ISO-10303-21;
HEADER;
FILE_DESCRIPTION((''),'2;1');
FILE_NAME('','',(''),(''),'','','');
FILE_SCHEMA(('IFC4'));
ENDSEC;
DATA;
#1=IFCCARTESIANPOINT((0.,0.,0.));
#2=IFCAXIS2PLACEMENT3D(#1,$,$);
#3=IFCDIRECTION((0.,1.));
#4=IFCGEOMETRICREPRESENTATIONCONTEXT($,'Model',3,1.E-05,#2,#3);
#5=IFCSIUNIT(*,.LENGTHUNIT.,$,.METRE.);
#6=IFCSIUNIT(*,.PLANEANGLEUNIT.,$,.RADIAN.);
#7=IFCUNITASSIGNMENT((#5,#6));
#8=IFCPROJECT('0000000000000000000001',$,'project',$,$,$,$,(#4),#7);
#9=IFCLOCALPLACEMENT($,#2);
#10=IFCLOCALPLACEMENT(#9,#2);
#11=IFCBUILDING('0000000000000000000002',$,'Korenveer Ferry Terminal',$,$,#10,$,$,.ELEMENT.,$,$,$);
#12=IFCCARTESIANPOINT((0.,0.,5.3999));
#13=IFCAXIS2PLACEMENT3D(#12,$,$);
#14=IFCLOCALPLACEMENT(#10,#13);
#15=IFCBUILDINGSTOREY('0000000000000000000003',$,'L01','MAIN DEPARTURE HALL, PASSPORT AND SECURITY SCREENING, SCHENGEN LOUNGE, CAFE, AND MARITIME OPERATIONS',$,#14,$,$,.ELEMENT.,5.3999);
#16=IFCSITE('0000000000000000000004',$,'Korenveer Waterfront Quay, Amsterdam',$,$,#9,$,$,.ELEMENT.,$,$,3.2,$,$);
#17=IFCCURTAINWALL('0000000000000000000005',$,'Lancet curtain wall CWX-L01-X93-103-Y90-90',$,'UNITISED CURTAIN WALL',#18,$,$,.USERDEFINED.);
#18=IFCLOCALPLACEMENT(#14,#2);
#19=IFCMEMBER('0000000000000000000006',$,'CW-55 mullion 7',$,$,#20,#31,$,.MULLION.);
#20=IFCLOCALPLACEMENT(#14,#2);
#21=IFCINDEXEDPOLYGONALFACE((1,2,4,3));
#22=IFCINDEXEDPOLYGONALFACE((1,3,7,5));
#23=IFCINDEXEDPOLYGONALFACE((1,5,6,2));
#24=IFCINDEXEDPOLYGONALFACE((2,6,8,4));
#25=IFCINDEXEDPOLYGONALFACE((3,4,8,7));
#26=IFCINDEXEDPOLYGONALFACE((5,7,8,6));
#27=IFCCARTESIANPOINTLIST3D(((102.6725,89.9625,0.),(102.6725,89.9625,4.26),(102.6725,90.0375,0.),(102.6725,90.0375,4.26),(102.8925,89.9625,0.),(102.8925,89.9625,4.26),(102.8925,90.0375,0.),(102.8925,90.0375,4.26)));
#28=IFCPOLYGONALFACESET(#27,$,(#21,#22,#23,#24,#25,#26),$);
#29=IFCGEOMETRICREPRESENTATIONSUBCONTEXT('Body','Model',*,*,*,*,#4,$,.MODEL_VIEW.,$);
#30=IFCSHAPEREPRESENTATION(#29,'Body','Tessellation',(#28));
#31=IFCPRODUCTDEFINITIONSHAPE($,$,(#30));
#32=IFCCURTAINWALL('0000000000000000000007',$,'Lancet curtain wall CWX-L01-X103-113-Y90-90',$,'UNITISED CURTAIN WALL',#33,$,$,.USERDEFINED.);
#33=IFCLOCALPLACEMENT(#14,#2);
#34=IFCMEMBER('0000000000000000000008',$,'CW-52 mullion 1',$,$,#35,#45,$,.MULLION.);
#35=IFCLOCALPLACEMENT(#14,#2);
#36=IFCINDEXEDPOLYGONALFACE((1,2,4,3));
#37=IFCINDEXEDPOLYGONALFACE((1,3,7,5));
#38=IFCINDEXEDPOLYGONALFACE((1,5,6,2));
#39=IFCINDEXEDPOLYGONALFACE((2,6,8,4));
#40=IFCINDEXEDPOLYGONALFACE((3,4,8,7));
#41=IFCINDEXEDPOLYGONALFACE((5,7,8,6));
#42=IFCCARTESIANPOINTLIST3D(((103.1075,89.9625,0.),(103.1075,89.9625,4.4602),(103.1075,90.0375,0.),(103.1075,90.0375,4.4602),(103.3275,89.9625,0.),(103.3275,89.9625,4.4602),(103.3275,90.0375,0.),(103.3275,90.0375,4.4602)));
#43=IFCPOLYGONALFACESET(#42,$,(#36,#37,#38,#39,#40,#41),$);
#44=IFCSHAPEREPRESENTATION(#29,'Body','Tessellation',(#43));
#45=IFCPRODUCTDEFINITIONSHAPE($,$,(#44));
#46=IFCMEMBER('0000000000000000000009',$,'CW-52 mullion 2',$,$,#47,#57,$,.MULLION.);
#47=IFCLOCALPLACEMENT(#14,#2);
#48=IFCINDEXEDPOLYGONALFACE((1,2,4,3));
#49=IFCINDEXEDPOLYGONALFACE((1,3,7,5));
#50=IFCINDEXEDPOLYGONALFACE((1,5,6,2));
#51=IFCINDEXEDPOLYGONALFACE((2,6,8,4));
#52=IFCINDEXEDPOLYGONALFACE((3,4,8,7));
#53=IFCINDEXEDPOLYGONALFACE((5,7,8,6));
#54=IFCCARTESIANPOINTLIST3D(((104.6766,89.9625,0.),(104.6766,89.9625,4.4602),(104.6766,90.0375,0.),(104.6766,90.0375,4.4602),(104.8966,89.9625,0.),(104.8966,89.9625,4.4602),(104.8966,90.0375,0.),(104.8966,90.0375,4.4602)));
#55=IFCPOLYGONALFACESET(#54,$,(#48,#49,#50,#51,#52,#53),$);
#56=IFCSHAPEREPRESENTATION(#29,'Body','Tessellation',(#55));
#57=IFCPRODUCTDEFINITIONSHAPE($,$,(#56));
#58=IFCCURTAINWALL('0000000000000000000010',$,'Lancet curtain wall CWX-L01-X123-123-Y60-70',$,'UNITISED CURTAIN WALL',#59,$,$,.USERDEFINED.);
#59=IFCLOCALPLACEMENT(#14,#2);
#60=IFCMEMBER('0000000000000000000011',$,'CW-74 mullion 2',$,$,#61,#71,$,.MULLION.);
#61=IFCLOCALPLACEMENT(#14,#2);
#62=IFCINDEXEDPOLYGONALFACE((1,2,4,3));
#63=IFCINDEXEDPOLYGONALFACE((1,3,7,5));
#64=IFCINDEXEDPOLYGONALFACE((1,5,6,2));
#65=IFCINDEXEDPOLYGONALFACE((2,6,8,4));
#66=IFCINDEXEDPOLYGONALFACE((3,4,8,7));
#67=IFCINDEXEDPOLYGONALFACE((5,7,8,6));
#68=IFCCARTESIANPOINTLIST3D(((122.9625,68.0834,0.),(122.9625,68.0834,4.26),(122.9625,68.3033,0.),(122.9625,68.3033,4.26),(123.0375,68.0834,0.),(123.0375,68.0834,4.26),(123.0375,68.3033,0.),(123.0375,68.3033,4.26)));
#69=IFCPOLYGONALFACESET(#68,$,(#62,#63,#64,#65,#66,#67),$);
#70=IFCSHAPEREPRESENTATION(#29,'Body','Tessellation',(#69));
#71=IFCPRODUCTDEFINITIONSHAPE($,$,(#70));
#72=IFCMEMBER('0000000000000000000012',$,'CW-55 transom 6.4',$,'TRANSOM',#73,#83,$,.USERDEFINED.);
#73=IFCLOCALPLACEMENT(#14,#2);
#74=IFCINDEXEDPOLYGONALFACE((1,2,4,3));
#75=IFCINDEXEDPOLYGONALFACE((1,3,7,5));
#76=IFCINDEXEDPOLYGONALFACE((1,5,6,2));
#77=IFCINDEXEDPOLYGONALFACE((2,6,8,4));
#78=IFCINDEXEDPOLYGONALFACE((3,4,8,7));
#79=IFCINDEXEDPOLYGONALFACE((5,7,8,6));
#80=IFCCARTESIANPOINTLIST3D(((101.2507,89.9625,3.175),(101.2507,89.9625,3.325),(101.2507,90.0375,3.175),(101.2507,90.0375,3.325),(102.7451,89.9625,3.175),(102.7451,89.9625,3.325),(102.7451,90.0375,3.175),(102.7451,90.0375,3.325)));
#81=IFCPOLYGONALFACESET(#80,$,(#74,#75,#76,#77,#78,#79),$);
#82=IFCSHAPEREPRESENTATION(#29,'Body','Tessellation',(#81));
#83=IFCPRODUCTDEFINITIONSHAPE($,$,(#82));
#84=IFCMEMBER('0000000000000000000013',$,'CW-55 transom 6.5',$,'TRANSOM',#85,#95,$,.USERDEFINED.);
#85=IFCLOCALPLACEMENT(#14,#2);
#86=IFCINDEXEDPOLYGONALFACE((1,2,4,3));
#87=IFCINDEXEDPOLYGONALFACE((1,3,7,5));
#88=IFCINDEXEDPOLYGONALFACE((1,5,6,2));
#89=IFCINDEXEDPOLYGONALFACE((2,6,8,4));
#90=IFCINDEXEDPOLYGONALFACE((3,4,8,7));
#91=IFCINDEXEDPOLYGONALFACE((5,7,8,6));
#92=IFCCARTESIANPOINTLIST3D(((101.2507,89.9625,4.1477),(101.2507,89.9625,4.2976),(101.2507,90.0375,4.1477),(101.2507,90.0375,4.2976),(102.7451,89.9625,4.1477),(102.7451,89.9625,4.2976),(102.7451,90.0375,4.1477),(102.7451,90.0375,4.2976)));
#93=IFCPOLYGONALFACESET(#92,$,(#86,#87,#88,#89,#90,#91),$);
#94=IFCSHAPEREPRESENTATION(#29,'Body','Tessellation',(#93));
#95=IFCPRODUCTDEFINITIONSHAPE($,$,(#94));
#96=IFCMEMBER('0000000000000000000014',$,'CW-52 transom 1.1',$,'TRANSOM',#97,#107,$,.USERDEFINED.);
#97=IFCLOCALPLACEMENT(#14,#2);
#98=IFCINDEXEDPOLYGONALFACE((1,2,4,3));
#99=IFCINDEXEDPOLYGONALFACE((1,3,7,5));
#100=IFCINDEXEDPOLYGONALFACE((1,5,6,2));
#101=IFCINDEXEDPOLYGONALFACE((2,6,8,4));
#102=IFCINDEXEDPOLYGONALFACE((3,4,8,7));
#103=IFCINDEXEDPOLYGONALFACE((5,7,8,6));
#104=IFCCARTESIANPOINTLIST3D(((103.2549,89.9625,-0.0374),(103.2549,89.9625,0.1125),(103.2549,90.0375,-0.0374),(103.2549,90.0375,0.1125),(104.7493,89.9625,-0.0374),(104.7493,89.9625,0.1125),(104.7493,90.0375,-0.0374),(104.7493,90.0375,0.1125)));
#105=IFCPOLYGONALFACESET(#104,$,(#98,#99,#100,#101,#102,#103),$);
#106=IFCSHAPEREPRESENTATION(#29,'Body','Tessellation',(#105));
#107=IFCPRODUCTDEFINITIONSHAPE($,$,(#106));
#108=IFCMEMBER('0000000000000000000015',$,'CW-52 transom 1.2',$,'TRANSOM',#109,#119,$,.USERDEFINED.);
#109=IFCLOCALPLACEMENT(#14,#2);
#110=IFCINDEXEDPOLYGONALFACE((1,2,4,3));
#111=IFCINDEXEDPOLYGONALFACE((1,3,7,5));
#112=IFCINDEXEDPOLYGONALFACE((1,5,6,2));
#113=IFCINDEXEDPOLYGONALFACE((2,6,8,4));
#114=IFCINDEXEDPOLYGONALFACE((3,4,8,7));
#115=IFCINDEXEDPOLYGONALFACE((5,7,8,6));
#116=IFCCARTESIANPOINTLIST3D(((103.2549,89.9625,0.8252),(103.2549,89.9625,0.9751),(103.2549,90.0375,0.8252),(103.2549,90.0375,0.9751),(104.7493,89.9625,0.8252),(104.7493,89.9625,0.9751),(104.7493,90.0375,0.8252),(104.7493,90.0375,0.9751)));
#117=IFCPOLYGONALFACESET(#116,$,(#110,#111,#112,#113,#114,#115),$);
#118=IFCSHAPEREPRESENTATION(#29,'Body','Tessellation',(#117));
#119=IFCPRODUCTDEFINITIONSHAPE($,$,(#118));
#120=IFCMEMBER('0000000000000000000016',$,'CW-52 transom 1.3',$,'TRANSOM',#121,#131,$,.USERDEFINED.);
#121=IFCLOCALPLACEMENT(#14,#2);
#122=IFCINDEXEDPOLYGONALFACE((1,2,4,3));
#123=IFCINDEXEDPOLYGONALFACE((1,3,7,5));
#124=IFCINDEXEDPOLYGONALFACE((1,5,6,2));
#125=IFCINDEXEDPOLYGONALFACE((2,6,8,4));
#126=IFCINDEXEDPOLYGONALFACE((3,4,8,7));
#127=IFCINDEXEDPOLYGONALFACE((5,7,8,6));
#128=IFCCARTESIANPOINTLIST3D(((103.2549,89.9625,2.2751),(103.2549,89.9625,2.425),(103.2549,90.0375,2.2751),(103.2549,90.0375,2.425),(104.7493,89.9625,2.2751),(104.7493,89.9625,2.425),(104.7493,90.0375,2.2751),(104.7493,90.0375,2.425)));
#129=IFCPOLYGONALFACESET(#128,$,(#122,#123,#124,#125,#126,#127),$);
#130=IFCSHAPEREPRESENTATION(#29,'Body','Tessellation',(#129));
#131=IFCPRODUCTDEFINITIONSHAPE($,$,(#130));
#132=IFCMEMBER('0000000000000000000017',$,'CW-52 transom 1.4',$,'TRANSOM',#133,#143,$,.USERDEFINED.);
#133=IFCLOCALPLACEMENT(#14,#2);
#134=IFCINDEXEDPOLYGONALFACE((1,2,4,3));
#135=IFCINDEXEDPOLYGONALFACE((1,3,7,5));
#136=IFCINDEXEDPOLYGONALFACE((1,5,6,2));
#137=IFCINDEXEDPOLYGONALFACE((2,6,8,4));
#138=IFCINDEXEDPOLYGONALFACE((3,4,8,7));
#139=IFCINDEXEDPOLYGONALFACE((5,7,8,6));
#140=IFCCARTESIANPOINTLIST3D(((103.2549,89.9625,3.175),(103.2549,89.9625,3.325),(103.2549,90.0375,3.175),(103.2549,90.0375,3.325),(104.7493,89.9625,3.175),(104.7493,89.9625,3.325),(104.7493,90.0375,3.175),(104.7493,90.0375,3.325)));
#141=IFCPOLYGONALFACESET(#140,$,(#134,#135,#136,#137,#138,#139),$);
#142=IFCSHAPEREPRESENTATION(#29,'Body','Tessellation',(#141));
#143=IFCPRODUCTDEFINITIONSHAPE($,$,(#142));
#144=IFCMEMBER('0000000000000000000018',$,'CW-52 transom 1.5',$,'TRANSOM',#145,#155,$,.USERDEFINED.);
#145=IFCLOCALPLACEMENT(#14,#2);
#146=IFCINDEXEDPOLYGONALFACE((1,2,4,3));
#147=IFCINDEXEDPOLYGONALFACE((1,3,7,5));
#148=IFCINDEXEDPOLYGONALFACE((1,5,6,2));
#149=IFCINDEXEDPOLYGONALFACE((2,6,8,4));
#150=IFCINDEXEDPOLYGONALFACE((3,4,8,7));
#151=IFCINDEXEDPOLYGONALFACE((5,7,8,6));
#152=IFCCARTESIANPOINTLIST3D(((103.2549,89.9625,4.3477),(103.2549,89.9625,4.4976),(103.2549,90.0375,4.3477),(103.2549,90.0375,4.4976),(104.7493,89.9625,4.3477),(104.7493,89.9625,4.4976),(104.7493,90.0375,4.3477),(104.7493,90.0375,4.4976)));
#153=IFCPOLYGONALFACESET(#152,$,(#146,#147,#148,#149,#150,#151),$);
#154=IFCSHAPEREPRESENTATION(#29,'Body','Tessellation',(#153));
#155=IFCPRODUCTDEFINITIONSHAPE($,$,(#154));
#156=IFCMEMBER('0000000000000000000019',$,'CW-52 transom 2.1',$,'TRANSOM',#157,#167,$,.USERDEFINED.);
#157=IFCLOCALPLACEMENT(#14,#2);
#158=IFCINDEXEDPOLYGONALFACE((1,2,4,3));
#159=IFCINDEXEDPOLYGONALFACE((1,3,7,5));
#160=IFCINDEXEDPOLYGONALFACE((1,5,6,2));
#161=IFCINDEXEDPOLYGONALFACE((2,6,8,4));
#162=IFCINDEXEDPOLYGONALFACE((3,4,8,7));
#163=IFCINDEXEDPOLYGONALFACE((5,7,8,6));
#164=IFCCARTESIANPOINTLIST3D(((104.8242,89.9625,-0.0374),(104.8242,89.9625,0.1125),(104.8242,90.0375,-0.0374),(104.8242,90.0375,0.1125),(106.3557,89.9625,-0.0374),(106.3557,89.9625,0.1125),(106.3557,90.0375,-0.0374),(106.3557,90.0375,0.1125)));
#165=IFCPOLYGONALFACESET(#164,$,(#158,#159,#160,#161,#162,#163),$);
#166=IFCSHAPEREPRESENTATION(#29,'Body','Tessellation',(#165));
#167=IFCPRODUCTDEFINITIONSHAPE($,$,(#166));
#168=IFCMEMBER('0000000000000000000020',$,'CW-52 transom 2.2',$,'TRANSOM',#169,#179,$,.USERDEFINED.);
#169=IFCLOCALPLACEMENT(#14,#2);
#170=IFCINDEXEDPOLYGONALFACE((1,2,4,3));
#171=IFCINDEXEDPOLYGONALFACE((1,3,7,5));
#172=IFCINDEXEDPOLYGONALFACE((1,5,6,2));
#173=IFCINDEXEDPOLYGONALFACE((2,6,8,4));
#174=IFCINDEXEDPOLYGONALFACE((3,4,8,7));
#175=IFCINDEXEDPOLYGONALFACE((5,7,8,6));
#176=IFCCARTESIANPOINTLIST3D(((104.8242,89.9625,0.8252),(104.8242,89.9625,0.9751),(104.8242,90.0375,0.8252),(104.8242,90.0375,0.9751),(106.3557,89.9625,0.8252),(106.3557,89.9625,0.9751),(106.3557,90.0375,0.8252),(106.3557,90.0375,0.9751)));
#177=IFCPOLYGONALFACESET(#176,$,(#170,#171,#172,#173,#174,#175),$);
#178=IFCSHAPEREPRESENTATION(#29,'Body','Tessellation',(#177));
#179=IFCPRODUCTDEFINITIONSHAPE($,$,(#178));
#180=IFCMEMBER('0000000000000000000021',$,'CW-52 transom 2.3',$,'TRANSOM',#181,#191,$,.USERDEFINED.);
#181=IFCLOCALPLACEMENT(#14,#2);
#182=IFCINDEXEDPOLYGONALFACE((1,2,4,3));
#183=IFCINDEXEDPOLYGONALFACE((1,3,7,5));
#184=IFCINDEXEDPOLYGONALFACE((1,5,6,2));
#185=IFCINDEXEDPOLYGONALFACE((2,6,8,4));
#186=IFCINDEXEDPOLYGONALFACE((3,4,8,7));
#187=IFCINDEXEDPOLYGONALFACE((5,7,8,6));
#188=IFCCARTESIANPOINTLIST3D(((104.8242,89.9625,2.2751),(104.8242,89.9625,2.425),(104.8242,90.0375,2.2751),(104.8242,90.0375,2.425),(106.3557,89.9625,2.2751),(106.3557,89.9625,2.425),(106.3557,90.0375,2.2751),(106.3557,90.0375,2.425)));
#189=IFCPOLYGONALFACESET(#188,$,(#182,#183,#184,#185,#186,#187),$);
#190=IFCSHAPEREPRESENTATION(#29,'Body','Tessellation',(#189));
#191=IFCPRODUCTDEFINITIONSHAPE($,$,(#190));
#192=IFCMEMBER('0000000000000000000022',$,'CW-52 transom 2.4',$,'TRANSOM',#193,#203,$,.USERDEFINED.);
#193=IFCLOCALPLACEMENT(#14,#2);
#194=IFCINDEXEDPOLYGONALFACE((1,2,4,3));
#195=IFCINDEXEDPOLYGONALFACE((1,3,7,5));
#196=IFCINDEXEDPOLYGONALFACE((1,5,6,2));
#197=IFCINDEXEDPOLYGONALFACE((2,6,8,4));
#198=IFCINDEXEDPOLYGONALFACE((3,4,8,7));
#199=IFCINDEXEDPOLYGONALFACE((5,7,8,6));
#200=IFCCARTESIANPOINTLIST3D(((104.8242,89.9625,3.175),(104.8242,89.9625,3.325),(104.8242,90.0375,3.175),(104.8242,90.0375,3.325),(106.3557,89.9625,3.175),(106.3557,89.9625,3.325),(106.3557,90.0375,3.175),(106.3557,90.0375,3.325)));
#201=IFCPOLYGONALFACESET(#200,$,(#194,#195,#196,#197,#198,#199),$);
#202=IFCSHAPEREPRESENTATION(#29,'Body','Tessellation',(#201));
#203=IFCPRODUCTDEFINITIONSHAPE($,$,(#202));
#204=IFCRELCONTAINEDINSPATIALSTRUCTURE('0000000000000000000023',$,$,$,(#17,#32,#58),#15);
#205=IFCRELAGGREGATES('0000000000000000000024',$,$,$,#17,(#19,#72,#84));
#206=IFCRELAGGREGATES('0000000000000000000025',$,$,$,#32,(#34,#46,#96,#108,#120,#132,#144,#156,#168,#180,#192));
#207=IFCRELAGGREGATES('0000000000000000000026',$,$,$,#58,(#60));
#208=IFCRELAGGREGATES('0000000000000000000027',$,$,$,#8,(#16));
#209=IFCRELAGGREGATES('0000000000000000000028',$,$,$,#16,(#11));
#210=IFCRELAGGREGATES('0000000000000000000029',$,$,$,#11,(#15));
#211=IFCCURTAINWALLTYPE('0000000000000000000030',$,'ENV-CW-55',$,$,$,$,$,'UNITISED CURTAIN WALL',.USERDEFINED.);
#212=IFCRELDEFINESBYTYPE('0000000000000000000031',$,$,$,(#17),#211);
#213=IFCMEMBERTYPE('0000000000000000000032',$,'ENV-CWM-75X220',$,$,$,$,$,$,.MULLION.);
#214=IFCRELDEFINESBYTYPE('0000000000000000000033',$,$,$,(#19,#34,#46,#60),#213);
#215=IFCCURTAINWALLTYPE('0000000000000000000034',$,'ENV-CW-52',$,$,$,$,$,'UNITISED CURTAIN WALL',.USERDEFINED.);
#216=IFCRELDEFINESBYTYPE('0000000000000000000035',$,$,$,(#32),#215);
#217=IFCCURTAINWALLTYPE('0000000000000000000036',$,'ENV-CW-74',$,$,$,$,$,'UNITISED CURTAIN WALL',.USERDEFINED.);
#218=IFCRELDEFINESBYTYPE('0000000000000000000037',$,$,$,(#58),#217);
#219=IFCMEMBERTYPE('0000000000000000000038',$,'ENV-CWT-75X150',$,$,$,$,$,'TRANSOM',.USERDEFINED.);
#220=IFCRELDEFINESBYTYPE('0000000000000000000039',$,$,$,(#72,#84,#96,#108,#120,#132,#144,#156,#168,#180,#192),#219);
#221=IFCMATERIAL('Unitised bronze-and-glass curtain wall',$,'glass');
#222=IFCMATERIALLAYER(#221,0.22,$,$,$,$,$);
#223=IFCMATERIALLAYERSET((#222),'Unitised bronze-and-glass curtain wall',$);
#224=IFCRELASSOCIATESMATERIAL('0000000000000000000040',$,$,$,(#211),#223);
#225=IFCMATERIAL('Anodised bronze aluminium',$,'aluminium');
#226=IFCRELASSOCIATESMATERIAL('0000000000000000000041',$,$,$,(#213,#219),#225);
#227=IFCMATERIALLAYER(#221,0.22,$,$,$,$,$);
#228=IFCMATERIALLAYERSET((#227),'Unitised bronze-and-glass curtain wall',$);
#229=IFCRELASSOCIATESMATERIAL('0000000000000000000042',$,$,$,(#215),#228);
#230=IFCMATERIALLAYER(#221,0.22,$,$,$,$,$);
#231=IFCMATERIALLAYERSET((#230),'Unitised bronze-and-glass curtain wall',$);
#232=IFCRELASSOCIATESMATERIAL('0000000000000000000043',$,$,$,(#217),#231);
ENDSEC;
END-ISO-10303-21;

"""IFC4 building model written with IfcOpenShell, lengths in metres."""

from ifc_helpers import new_model, si_unit, direction, frame, origin, origin_2d, place, context, subcontext, project, spatial, rectangle, extrude, material, layer, layer_set, material_profile, profile_set, type_object, element, aggregate, save


model = new_model("IFC4")

# Units and contexts
model_context = context("Model", 3, precision=1e-05, world=origin(), true_north=direction((0.0, 1.0)))
body_context = subcontext(model_context, "Body", "Model", "MODEL_VIEW")
ifc_project = project(units=[si_unit("LENGTHUNIT", "METRE"), si_unit("PLANEANGLEUNIT", "RADIAN")], contexts=[model_context])

# Site, building, storey
site_placement = place(None, origin())
site = spatial("IfcSite", under=ifc_project, at=site_placement, Name="Korenveer Waterfront Quay, Amsterdam", CompositionType="ELEMENT", RefElevation=3.2)
building_placement = place(site_placement, origin())
building = spatial("IfcBuilding", under=site, at=building_placement, Name="Korenveer Ferry Terminal", CompositionType="ELEMENT")
storey_placement = place(building_placement, frame((0.0, 0.0, 5.3999)))
storey = spatial("IfcBuildingStorey", under=building, at=storey_placement, Name="L01", Description="MAIN DEPARTURE HALL, PASSPORT AND SECURITY SCREENING, SCHENGEN LOUNGE, CAFE, AND MARITIME OPERATIONS", CompositionType="ELEMENT", Elevation=5.3999)

# Curtain wall, member
ifc_material_1 = material(Name="Unitised bronze-and-glass curtain wall", Category="glass")
ifc_layer_1 = layer(ifc_material_1, 0.22)
ifc_layer_set_1 = layer_set([ifc_layer_1], Name="Unitised bronze-and-glass curtain wall")
curtain_wall_type_1 = type_object("IfcCurtainWallType", Name="ENV-CW-55", ElementType="UNITISED CURTAIN WALL", PredefinedType="USERDEFINED", material=ifc_layer_set_1)
curtain_wall_1_placement = place(storey_placement, frame((93.1799, 90.0, 0.0)))
curtain_wall_1 = element("IfcCurtainWall", 1, at=curtain_wall_1_placement, inside=storey, type_object=curtain_wall_type_1, Name="Lancet curtain wall CWX-L01-X93-103-Y90-90", ObjectType="UNITISED CURTAIN WALL", PredefinedType="USERDEFINED")
ifc_material_2 = material(Name="Anodised bronze aluminium", Category="aluminium")
ifc_material_profile_1 = material_profile(ifc_material_2, rectangle(XDim=0.075, YDim=0.22, at=origin_2d()), Name="ALU 75x220")
ifc_profile_set_1 = profile_set([ifc_material_profile_1], Name="Anodised bronze aluminium")
member_type_1 = type_object("IfcMemberType", Name="ENV-CWM-75X220", PredefinedType="MULLION", material=ifc_profile_set_1)
member_1_placement = place(storey_placement, frame((102.7825, 90.0, 0.0), z_axis=(0.0, 0.0, 1.0), x_axis=(0.0, 1.0, 0.0)))
member_1 = element("IfcMember", 2, at=member_1_placement, type_object=member_type_1, Name="CW-55 mullion 7", PredefinedType="MULLION", context=body_context, shape_type="SweptSolid", body=[
    extrude(rectangle(XDim=0.075, YDim=0.22, at=origin_2d()), origin(), (0.0, 0.0, 1.0), 4.26),
])

# Curtain wall, members
ifc_layer_2 = layer(ifc_material_1, 0.22)
ifc_layer_set_2 = layer_set([ifc_layer_2], Name="Unitised bronze-and-glass curtain wall")
curtain_wall_type_2 = type_object("IfcCurtainWallType", Name="ENV-CW-52", ElementType="UNITISED CURTAIN WALL", PredefinedType="USERDEFINED", material=ifc_layer_set_2)
curtain_wall_2_placement = place(storey_placement, frame((103.1799, 90.0, 0.0)))
curtain_wall_2 = element("IfcCurtainWall", 3, at=curtain_wall_2_placement, inside=storey, type_object=curtain_wall_type_2, Name="Lancet curtain wall CWX-L01-X103-113-Y90-90", ObjectType="UNITISED CURTAIN WALL", PredefinedType="USERDEFINED")
member_2_placement = place(storey_placement, frame((103.2175, 90.0, 0.0), z_axis=(0.0, 0.0, 1.0), x_axis=(0.0, 1.0, 0.0)))
member_2 = element("IfcMember", 4, at=member_2_placement, type_object=member_type_1, Name="CW-52 mullion 1", PredefinedType="MULLION", context=body_context, shape_type="SweptSolid", body=[
    extrude(rectangle(XDim=0.075, YDim=0.22, at=origin_2d()), origin(), (0.0, 0.0, 1.0), 4.4602),
])
member_3_placement = place(storey_placement, frame((104.7866, 90.0, 0.0), z_axis=(0.0, 0.0, 1.0), x_axis=(0.0, 1.0, 0.0)))
member_3 = element("IfcMember", 5, at=member_3_placement, type_object=member_type_1, Name="CW-52 mullion 2", PredefinedType="MULLION", context=body_context, shape_type="SweptSolid", body=[
    extrude(rectangle(XDim=0.075, YDim=0.22, at=origin_2d()), origin(), (0.0, 0.0, 1.0), 4.4602),
])

# Curtain wall, member
ifc_layer_3 = layer(ifc_material_1, 0.22)
ifc_layer_set_3 = layer_set([ifc_layer_3], Name="Unitised bronze-and-glass curtain wall")
curtain_wall_type_3 = type_object("IfcCurtainWallType", Name="ENV-CW-74", ElementType="UNITISED CURTAIN WALL", PredefinedType="USERDEFINED", material=ifc_layer_set_3)
curtain_wall_3_placement = place(storey_placement, frame((123.0, 69.79, 0.0)))
curtain_wall_3 = element("IfcCurtainWall", 6, at=curtain_wall_3_placement, inside=storey, type_object=curtain_wall_type_3, Name="Lancet curtain wall CWX-L01-X123-123-Y60-70", ObjectType="UNITISED CURTAIN WALL", PredefinedType="USERDEFINED")
member_4_placement = place(storey_placement, frame((123.0, 68.1934, 0.0), z_axis=(0.0, 0.0, 1.0), x_axis=(1.0, 0.0, 0.0)))
member_4 = element("IfcMember", 7, at=member_4_placement, type_object=member_type_1, Name="CW-74 mullion 2", PredefinedType="MULLION", context=body_context, shape_type="SweptSolid", body=[
    extrude(rectangle(XDim=0.075, YDim=0.22, at=origin_2d()), origin(), (0.0, 0.0, 1.0), 4.26),
])

# Members
ifc_material_profile_2 = material_profile(ifc_material_2, rectangle(XDim=0.075, YDim=0.1499, at=origin_2d()), Name="ALU 75x150")
ifc_profile_set_2 = profile_set([ifc_material_profile_2], Name="Anodised bronze aluminium")
member_type_2 = type_object("IfcMemberType", Name="ENV-CWT-75X150", ElementType="TRANSOM", PredefinedType="USERDEFINED", material=ifc_profile_set_2)
member_5_placement = place(storey_placement, frame((101.2507, 90.0, 3.25), z_axis=(1.0, 0.0, 0.0), x_axis=(0.0, 1.0, 0.0)))
member_5 = element("IfcMember", 8, at=member_5_placement, type_object=member_type_2, Name="CW-55 transom 6.4", ObjectType="TRANSOM", PredefinedType="USERDEFINED", context=body_context, shape_type="SweptSolid", body=[
    extrude(rectangle(XDim=0.075, YDim=0.1499, at=origin_2d()), origin(), (0.0, 0.0, 1.0), 1.4944),
])
member_6_placement = place(storey_placement, frame((101.2507, 90.0, 4.2227), z_axis=(1.0, 0.0, 0.0), x_axis=(0.0, 1.0, 0.0)))
member_6 = element("IfcMember", 9, at=member_6_placement, type_object=member_type_2, Name="CW-55 transom 6.5", ObjectType="TRANSOM", PredefinedType="USERDEFINED", context=body_context, shape_type="SweptSolid", body=[
    extrude(rectangle(XDim=0.075, YDim=0.1499, at=origin_2d()), origin(), (0.0, 0.0, 1.0), 1.4944),
])
member_7_placement = place(storey_placement, frame((103.2549, 90.0, 0.0376), z_axis=(1.0, 0.0, 0.0), x_axis=(0.0, 1.0, 0.0)))
member_7 = element("IfcMember", 10, at=member_7_placement, type_object=member_type_2, Name="CW-52 transom 1.1", ObjectType="TRANSOM", PredefinedType="USERDEFINED", context=body_context, shape_type="SweptSolid", body=[
    extrude(rectangle(XDim=0.075, YDim=0.1499, at=origin_2d()), origin(), (0.0, 0.0, 1.0), 1.4944),
])
member_8_placement = place(storey_placement, frame((103.2549, 90.0, 0.9001), z_axis=(1.0, 0.0, 0.0), x_axis=(0.0, 1.0, 0.0)))
member_8 = element("IfcMember", 11, at=member_8_placement, type_object=member_type_2, Name="CW-52 transom 1.2", ObjectType="TRANSOM", PredefinedType="USERDEFINED", context=body_context, shape_type="SweptSolid", body=[
    extrude(rectangle(XDim=0.075, YDim=0.1499, at=origin_2d()), origin(), (0.0, 0.0, 1.0), 1.4944),
])
member_9_placement = place(storey_placement, frame((103.2549, 90.0, 2.3501), z_axis=(1.0, 0.0, 0.0), x_axis=(0.0, 1.0, 0.0)))
member_9 = element("IfcMember", 12, at=member_9_placement, type_object=member_type_2, Name="CW-52 transom 1.3", ObjectType="TRANSOM", PredefinedType="USERDEFINED", context=body_context, shape_type="SweptSolid", body=[
    extrude(rectangle(XDim=0.075, YDim=0.1499, at=origin_2d()), origin(), (0.0, 0.0, 1.0), 1.4944),
])
member_10_placement = place(storey_placement, frame((103.2549, 90.0, 3.25), z_axis=(1.0, 0.0, 0.0), x_axis=(0.0, 1.0, 0.0)))
member_10 = element("IfcMember", 13, at=member_10_placement, type_object=member_type_2, Name="CW-52 transom 1.4", ObjectType="TRANSOM", PredefinedType="USERDEFINED", context=body_context, shape_type="SweptSolid", body=[
    extrude(rectangle(XDim=0.075, YDim=0.1499, at=origin_2d()), origin(), (0.0, 0.0, 1.0), 1.4944),
])
member_11_placement = place(storey_placement, frame((103.2549, 90.0, 4.4226), z_axis=(1.0, 0.0, 0.0), x_axis=(0.0, 1.0, 0.0)))
member_11 = element("IfcMember", 14, at=member_11_placement, type_object=member_type_2, Name="CW-52 transom 1.5", ObjectType="TRANSOM", PredefinedType="USERDEFINED", context=body_context, shape_type="SweptSolid", body=[
    extrude(rectangle(XDim=0.075, YDim=0.1499, at=origin_2d()), origin(), (0.0, 0.0, 1.0), 1.4944),
])
member_12_placement = place(storey_placement, frame((104.8242, 90.0, 0.0376), z_axis=(1.0, 0.0, 0.0), x_axis=(0.0, 1.0, 0.0)))
member_12 = element("IfcMember", 15, at=member_12_placement, type_object=member_type_2, Name="CW-52 transom 2.1", ObjectType="TRANSOM", PredefinedType="USERDEFINED", context=body_context, shape_type="SweptSolid", body=[
    extrude(rectangle(XDim=0.075, YDim=0.1499, at=origin_2d()), origin(), (0.0, 0.0, 1.0), 1.5315),
])
member_13_placement = place(storey_placement, frame((104.8242, 90.0, 0.9001), z_axis=(1.0, 0.0, 0.0), x_axis=(0.0, 1.0, 0.0)))
member_13 = element("IfcMember", 16, at=member_13_placement, type_object=member_type_2, Name="CW-52 transom 2.2", ObjectType="TRANSOM", PredefinedType="USERDEFINED", context=body_context, shape_type="SweptSolid", body=[
    extrude(rectangle(XDim=0.075, YDim=0.1499, at=origin_2d()), origin(), (0.0, 0.0, 1.0), 1.5315),
])
member_14_placement = place(storey_placement, frame((104.8242, 90.0, 2.3501), z_axis=(1.0, 0.0, 0.0), x_axis=(0.0, 1.0, 0.0)))
member_14 = element("IfcMember", 17, at=member_14_placement, type_object=member_type_2, Name="CW-52 transom 2.3", ObjectType="TRANSOM", PredefinedType="USERDEFINED", context=body_context, shape_type="SweptSolid", body=[
    extrude(rectangle(XDim=0.075, YDim=0.1499, at=origin_2d()), origin(), (0.0, 0.0, 1.0), 1.5315),
])
member_15_placement = place(storey_placement, frame((104.8242, 90.0, 3.25), z_axis=(1.0, 0.0, 0.0), x_axis=(0.0, 1.0, 0.0)))
member_15 = element("IfcMember", 18, at=member_15_placement, type_object=member_type_2, Name="CW-52 transom 2.4", ObjectType="TRANSOM", PredefinedType="USERDEFINED", context=body_context, shape_type="SweptSolid", body=[
    extrude(rectangle(XDim=0.075, YDim=0.1499, at=origin_2d()), origin(), (0.0, 0.0, 1.0), 1.5315),
])

aggregate(curtain_wall_1, [member_1, member_5, member_6])
aggregate(curtain_wall_2, [member_2, member_3, member_7, member_8, member_9, member_10, member_11, member_12, member_13, member_14, member_15])
aggregate(curtain_wall_3, [member_4])

save(model, "model.ifc")
